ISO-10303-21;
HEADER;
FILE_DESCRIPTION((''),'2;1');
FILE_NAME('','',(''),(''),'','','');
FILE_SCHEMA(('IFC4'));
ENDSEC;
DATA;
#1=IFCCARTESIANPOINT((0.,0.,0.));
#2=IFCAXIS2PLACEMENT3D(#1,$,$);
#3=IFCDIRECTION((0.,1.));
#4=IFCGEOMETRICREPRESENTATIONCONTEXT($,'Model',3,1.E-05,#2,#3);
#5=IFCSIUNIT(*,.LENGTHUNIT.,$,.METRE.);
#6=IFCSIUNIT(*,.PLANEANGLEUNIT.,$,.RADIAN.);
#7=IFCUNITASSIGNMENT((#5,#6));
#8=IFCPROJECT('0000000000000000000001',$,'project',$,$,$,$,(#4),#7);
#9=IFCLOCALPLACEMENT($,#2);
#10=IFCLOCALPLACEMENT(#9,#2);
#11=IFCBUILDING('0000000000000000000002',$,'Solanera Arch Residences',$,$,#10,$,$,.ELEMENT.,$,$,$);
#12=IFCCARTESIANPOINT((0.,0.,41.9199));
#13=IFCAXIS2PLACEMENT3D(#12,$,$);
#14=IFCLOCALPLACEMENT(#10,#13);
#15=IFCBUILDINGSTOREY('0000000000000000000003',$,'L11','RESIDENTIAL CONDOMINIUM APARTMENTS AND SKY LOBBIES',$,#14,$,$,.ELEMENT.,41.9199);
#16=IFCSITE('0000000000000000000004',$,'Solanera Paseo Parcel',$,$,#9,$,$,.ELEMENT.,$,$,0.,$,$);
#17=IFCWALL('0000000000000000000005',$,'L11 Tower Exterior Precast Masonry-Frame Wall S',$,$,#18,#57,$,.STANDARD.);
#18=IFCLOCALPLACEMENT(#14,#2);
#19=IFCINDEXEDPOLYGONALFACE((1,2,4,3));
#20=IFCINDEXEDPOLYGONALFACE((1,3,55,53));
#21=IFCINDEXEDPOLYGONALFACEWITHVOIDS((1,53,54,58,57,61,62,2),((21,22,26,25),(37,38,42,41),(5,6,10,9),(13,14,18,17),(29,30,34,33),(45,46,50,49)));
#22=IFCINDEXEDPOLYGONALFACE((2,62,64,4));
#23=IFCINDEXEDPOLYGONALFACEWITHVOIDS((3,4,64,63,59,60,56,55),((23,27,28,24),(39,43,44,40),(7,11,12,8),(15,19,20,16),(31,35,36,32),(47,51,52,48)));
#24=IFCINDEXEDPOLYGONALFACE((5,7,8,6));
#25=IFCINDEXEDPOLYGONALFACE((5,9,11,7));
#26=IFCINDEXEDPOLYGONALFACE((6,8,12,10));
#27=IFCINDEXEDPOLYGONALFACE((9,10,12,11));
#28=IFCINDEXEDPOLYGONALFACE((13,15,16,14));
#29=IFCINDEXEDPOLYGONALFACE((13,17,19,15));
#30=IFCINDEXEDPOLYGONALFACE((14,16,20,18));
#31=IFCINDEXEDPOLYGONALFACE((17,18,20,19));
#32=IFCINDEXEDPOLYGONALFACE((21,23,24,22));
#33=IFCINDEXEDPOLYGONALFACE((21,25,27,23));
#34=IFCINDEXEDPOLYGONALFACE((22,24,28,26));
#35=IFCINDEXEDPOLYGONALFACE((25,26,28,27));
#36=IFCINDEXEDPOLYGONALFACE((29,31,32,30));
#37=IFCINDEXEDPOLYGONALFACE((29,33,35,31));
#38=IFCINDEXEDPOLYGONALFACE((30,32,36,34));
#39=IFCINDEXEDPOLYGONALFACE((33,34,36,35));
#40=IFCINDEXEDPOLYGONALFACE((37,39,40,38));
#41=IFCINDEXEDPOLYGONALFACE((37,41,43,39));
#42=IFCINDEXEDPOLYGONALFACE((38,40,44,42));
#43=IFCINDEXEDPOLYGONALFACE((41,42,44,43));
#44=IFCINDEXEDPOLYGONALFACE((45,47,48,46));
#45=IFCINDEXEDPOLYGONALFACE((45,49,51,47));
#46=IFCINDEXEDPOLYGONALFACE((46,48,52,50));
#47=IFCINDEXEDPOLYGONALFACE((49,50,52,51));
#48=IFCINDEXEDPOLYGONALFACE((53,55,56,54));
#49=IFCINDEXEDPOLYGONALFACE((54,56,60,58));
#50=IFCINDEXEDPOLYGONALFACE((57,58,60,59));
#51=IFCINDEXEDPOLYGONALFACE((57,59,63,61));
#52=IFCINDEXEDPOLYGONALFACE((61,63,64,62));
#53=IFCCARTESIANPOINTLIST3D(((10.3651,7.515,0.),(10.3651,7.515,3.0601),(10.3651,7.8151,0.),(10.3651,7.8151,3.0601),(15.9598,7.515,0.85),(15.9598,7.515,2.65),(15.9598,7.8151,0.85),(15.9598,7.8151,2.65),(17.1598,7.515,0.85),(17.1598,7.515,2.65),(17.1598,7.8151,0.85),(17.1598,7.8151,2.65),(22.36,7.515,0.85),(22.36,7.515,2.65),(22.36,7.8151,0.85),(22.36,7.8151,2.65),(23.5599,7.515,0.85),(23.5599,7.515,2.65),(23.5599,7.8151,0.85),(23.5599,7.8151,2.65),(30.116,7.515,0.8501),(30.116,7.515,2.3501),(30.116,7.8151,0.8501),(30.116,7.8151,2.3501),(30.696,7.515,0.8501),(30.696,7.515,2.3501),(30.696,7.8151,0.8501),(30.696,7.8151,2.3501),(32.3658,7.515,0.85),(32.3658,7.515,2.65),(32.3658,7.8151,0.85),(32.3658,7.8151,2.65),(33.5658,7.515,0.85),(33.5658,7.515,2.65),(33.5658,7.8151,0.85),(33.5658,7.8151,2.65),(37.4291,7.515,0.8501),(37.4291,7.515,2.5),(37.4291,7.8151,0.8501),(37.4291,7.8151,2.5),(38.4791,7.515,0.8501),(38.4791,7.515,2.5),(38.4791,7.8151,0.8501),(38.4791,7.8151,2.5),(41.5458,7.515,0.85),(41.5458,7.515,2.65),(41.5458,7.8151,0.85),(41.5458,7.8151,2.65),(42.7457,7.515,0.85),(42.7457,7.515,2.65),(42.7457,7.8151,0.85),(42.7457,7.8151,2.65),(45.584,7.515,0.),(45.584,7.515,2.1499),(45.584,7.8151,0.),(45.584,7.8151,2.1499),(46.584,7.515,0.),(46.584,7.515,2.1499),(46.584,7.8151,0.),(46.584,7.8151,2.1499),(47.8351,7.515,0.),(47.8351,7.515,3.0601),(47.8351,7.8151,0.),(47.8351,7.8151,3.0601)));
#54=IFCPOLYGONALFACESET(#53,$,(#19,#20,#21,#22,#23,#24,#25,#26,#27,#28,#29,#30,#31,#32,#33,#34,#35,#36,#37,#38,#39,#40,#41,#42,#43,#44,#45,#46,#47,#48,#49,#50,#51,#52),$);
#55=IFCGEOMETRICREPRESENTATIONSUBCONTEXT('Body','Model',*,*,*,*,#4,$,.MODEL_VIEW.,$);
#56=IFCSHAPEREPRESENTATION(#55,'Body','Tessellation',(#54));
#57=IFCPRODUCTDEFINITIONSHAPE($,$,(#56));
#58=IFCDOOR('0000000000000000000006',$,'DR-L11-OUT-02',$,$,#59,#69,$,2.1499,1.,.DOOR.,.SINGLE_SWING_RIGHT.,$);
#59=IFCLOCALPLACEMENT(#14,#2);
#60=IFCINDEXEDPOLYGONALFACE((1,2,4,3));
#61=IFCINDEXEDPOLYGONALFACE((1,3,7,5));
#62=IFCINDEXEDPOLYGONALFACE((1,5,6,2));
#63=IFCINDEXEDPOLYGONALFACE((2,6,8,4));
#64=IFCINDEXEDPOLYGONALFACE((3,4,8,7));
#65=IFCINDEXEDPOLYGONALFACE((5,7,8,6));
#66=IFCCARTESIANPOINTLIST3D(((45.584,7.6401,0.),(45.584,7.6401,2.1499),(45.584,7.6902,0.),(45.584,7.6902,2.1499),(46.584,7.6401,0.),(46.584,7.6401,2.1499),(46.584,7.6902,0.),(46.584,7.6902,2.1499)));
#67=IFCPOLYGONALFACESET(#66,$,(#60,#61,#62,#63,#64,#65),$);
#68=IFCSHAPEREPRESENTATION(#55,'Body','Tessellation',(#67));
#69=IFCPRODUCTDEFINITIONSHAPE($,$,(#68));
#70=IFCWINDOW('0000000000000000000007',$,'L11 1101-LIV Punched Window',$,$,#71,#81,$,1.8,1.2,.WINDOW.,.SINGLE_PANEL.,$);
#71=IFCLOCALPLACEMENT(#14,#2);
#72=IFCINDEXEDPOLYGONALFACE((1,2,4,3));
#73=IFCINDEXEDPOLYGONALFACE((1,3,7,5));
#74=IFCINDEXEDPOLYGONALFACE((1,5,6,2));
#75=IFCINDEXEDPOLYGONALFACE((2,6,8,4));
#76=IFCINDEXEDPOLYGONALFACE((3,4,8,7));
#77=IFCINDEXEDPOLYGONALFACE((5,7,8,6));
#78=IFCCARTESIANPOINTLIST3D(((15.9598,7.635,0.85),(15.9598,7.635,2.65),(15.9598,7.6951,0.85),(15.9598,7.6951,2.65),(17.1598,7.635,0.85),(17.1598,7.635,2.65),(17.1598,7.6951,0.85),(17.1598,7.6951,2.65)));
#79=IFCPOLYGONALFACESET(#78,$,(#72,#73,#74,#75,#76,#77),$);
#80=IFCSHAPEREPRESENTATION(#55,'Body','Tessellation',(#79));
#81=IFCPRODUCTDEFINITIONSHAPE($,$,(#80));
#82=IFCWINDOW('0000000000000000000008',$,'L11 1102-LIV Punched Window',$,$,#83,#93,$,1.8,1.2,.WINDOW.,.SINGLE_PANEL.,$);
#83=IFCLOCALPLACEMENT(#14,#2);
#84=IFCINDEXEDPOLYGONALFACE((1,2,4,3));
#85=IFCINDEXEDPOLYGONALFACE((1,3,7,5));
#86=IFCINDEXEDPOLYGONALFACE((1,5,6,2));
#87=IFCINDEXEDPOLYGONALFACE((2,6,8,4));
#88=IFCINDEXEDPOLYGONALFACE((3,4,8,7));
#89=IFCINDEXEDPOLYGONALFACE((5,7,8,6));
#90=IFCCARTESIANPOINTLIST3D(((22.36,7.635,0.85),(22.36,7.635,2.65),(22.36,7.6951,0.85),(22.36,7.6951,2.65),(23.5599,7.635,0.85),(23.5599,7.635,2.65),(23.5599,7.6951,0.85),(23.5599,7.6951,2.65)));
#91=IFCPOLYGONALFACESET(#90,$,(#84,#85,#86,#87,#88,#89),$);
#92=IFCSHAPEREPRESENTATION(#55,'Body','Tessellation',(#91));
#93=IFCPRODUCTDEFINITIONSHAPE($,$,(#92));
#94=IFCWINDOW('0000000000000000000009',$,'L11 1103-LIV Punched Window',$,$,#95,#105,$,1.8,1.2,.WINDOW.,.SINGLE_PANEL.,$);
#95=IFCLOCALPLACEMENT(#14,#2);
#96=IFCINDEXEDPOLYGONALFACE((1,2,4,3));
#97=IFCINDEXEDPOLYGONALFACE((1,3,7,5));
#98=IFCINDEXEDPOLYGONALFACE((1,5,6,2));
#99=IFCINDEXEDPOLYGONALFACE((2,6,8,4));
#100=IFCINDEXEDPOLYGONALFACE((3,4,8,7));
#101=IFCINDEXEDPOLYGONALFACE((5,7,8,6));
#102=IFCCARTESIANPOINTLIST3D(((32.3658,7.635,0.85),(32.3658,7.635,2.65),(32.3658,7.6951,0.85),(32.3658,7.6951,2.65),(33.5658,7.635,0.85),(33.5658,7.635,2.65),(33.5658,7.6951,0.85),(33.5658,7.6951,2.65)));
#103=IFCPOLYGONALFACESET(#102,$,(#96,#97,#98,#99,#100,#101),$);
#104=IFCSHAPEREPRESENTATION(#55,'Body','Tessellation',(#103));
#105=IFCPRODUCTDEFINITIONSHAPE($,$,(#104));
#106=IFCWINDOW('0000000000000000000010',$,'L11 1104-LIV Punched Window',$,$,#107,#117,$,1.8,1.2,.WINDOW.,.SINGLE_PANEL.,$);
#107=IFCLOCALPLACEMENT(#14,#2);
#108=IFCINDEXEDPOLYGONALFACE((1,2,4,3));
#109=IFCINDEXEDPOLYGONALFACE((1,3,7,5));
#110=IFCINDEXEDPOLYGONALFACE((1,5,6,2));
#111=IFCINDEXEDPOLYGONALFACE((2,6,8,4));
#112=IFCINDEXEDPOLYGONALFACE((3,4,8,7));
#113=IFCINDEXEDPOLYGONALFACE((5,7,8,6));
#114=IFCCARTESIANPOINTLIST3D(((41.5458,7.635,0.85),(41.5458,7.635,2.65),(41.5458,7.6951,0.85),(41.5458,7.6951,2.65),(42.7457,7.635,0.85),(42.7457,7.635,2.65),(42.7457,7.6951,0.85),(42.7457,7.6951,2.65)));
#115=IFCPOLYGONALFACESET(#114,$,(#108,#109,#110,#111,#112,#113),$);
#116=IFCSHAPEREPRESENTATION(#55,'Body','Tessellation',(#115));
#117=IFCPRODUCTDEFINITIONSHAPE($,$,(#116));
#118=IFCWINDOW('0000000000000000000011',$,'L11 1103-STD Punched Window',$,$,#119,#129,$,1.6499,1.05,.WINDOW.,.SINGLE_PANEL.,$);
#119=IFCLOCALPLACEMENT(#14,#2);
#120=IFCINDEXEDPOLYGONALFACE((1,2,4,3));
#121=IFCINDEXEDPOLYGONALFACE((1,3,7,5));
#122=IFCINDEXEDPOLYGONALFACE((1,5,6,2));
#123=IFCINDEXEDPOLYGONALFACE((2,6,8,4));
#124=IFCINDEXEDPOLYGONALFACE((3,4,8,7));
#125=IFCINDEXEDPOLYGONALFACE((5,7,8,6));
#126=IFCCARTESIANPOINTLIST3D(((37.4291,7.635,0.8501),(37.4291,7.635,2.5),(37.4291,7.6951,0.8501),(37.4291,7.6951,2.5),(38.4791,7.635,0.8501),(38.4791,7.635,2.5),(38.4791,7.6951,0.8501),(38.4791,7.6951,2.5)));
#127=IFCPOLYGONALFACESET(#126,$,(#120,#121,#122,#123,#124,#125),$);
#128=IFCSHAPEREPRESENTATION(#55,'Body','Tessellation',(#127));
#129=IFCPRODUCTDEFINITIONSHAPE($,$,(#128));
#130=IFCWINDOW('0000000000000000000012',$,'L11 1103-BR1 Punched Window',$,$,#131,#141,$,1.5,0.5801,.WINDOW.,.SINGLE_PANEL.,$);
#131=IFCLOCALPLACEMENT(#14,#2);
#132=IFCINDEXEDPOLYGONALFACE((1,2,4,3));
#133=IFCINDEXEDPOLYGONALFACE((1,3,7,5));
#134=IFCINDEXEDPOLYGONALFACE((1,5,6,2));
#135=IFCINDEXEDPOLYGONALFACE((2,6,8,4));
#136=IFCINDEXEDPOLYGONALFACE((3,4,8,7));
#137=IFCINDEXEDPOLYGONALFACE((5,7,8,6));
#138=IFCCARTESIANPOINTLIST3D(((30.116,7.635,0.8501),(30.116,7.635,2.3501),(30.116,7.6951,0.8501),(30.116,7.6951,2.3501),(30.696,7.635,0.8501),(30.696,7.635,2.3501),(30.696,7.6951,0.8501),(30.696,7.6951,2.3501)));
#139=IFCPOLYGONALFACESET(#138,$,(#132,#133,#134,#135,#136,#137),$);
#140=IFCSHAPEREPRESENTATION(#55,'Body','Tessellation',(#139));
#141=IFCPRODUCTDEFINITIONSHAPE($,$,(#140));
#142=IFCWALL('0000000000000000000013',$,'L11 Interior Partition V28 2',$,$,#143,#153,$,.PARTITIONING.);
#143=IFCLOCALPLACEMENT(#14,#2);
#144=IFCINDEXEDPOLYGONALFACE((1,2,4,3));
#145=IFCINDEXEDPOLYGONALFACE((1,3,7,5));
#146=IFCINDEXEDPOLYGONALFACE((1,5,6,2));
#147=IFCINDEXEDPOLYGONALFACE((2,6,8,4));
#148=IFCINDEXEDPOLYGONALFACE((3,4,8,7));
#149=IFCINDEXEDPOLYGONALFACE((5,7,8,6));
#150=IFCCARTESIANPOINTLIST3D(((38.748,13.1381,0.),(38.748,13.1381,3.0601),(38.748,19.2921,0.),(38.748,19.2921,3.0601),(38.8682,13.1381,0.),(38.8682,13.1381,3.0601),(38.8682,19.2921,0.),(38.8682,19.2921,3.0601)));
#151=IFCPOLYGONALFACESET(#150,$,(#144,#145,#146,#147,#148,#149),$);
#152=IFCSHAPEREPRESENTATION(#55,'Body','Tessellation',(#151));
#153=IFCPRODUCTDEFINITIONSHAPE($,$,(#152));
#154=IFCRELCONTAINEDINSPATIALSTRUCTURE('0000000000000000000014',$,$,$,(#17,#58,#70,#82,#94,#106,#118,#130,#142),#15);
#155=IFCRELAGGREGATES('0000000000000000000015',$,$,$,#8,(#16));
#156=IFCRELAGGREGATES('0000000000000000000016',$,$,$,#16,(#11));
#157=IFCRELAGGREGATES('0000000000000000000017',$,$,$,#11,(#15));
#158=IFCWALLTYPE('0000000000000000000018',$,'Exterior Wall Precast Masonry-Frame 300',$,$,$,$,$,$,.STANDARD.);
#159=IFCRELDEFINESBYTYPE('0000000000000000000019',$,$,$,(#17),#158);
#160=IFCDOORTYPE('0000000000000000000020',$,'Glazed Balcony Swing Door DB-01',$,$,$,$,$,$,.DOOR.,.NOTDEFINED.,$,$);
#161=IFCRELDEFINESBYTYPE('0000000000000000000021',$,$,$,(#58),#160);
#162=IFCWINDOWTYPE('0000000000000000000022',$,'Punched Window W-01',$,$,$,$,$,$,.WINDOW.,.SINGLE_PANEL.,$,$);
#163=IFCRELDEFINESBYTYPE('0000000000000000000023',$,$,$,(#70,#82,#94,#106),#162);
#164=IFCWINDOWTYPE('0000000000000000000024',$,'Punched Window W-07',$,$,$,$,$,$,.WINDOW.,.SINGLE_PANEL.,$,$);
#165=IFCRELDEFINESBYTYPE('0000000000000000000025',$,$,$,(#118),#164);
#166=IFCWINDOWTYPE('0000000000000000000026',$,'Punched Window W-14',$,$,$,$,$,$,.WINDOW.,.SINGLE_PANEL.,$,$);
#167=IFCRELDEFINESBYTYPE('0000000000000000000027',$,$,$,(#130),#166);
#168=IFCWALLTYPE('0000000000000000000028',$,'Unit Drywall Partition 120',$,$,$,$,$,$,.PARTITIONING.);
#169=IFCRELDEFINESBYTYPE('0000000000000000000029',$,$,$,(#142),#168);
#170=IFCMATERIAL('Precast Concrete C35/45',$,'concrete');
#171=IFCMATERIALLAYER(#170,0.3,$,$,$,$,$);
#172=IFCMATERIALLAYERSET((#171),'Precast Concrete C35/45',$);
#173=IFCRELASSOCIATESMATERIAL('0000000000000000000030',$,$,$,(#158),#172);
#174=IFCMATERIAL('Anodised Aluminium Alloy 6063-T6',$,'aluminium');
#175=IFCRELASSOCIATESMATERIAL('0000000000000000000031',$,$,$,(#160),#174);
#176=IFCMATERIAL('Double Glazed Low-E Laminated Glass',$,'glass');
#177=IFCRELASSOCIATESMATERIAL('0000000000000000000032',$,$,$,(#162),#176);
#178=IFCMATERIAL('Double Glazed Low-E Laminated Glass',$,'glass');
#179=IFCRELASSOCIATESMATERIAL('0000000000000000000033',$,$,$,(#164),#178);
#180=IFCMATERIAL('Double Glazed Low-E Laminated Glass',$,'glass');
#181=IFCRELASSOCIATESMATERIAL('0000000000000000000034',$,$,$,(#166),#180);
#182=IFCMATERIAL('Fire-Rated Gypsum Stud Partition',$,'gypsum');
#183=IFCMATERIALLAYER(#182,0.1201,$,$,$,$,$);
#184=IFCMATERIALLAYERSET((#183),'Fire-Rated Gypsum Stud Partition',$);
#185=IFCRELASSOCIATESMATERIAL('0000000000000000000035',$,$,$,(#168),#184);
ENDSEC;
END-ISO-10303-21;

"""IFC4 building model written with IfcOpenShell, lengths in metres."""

from ifc_helpers import new_model, si_unit, direction, frame, frame_2d, origin, place, context, subcontext, project, spatial, rectangle, extrude, material, layer, layer_set, type_object, element, fill, save


model = new_model("IFC4")

# Units and contexts
model_context = context("Model", 3, precision=1e-05, world=origin(), true_north=direction((0.0, 1.0)))
body_context = subcontext(model_context, "Body", "Model", "MODEL_VIEW")
ifc_project = project(units=[si_unit("LENGTHUNIT", "METRE"), si_unit("PLANEANGLEUNIT", "RADIAN")], contexts=[model_context])

# Site, building, storey
site_placement = place(None, origin())
site = spatial("IfcSite", under=ifc_project, at=site_placement, Name="Solanera Paseo Parcel", CompositionType="ELEMENT", RefElevation=0.0)
building_placement = place(site_placement, origin())
building = spatial("IfcBuilding", under=site, at=building_placement, Name="Solanera Arch Residences", CompositionType="ELEMENT")
storey_placement = place(building_placement, frame((0.0, 0.0, 41.9199)))
storey = spatial("IfcBuildingStorey", under=building, at=storey_placement, Name="L11", Description="RESIDENTIAL CONDOMINIUM APARTMENTS AND SKY LOBBIES", CompositionType="ELEMENT", Elevation=41.9199)

# Shared definitions
ifc_material_1 = material(Name="Precast Concrete C35/45", Category="concrete")
ifc_layer_1 = layer(ifc_material_1, 0.3)
ifc_layer_set_1 = layer_set([ifc_layer_1], Name="Precast Concrete C35/45")
wall_type_1 = type_object("IfcWallType", Name="Exterior Wall Precast Masonry-Frame 300", PredefinedType="STANDARD", material=ifc_layer_set_1)

# Wall, openings, door, windows
wall_1_placement = place(storey_placement, frame((47.835, 7.665, 0.0), z_axis=(0.0, 0.0, 1.0), x_axis=(-1.0, 0.0, 0.0)))
wall_1 = element("IfcWall", 1, at=wall_1_placement, inside=storey, type_object=wall_type_1, Name="L11 Tower Exterior Precast Masonry-Frame Wall S", PredefinedType="STANDARD", context=body_context, shape_type="SweptSolid", body=[
    extrude(rectangle(XDim=37.47, YDim=0.3, at=frame_2d((18.7349, 0.0))), origin(), (0.0, 0.0, 1.0), 3.0601),
])
opening_1_placement = place(wall_1_placement, frame((1.251, 0.0, 0.0)))
opening_1 = element("IfcOpeningElement", 2, at=opening_1_placement, cuts=wall_1, PredefinedType="OPENING", context=body_context, shape_type="SweptSolid", body=[
    extrude(rectangle(XDim=1.0, YDim=2.1499, at=frame_2d((0.5, 1.075))), frame((0.0, 0.1599, 0.0), z_axis=(0.0, -1.0, 0.0), x_axis=(1.0, 0.0, 0.0)), (0.0, 0.0, 1.0), 0.32),
])
opening_2_placement = place(wall_1_placement, frame((30.675, 0.0, 0.8501)))
opening_2 = element("IfcOpeningElement", 3, at=opening_2_placement, cuts=wall_1, PredefinedType="OPENING", context=body_context, shape_type="SweptSolid", body=[
    extrude(rectangle(XDim=1.2, YDim=1.8, at=frame_2d((0.6001, 0.8999))), frame((0.0, 0.1599, 0.0), z_axis=(0.0, -1.0, 0.0), x_axis=(1.0, 0.0, 0.0)), (0.0, 0.0, 1.0), 0.32),
])
opening_3_placement = place(wall_1_placement, frame((24.2749, 0.0, 0.8501)))
opening_3 = element("IfcOpeningElement", 4, at=opening_3_placement, cuts=wall_1, PredefinedType="OPENING", context=body_context, shape_type="SweptSolid", body=[
    extrude(rectangle(XDim=1.2, YDim=1.8, at=frame_2d((0.6001, 0.8999))), frame((0.0, 0.1599, 0.0), z_axis=(0.0, -1.0, 0.0), x_axis=(1.0, 0.0, 0.0)), (0.0, 0.0, 1.0), 0.32),
])
opening_4_placement = place(wall_1_placement, frame((14.269, 0.0, 0.8501)))
opening_4 = element("IfcOpeningElement", 5, at=opening_4_placement, cuts=wall_1, PredefinedType="OPENING", context=body_context, shape_type="SweptSolid", body=[
    extrude(rectangle(XDim=1.2, YDim=1.8, at=frame_2d((0.6001, 0.8999))), frame((0.0, 0.1599, 0.0), z_axis=(0.0, -1.0, 0.0), x_axis=(1.0, 0.0, 0.0)), (0.0, 0.0, 1.0), 0.32),
])
opening_5_placement = place(wall_1_placement, frame((17.1389, 0.0, 0.8501)))
opening_5 = element("IfcOpeningElement", 6, at=opening_5_placement, cuts=wall_1, PredefinedType="OPENING", context=body_context, shape_type="SweptSolid", body=[
    extrude(rectangle(XDim=0.5801, YDim=1.5, at=frame_2d((0.29, 0.75))), frame((0.0, 0.1599, 0.0), z_axis=(0.0, -1.0, 0.0), x_axis=(1.0, 0.0, 0.0)), (0.0, 0.0, 1.0), 0.32),
])
opening_6_placement = place(wall_1_placement, frame((9.356, 0.0, 0.8501)))
opening_6 = element("IfcOpeningElement", 7, at=opening_6_placement, cuts=wall_1, PredefinedType="OPENING", context=body_context, shape_type="SweptSolid", body=[
    extrude(rectangle(XDim=1.05, YDim=1.6499, at=frame_2d((0.5249, 0.825))), frame((0.0, 0.1599, 0.0), z_axis=(0.0, -1.0, 0.0), x_axis=(1.0, 0.0, 0.0)), (0.0, 0.0, 1.0), 0.32),
])
opening_7_placement = place(wall_1_placement, frame((5.0891, 0.0, 0.8501)))
opening_7 = element("IfcOpeningElement", 8, at=opening_7_placement, cuts=wall_1, PredefinedType="OPENING", context=body_context, shape_type="SweptSolid", body=[
    extrude(rectangle(XDim=1.2, YDim=1.8, at=frame_2d((0.6001, 0.8999))), frame((0.0, 0.1599, 0.0), z_axis=(0.0, -1.0, 0.0), x_axis=(1.0, 0.0, 0.0)), (0.0, 0.0, 1.0), 0.32),
])
ifc_material_2 = material(Name="Anodised Aluminium Alloy 6063-T6", Category="aluminium")
door_type_1 = type_object("IfcDoorType", Name="Glazed Balcony Swing Door DB-01", OperationType="NOTDEFINED", PredefinedType="DOOR", material=ifc_material_2)
door_1_placement = place(opening_1_placement, origin())
door_1 = element("IfcDoor", 9, at=door_1_placement, inside=storey, type_object=door_type_1, Name="DR-L11-OUT-02", OperationType="SINGLE_SWING_RIGHT", OverallHeight=2.1499, OverallWidth=1.0, PredefinedType="DOOR", context=body_context, shape_type="SweptSolid", body=[
    extrude(rectangle(XDim=1.0, YDim=2.1499, at=frame_2d((0.5, 1.075))), frame((0.0, 0.0249, 0.0), z_axis=(0.0, -1.0, 0.0), x_axis=(1.0, 0.0, 0.0)), (0.0, 0.0, 1.0), 0.05),
])
fill(opening_1, door_1)
ifc_material_3 = material(Name="Double Glazed Low-E Laminated Glass", Category="glass")
window_type_1 = type_object("IfcWindowType", Name="Punched Window W-01", PartitioningType="SINGLE_PANEL", PredefinedType="WINDOW", material=ifc_material_3)
window_1_placement = place(opening_2_placement, origin())
window_1 = element("IfcWindow", 10, at=window_1_placement, inside=storey, type_object=window_type_1, Name="L11 1101-LIV Punched Window", OverallHeight=1.8, OverallWidth=1.2, PartitioningType="SINGLE_PANEL", PredefinedType="WINDOW", context=body_context, shape_type="SweptSolid", body=[
    extrude(rectangle(XDim=1.2, YDim=1.8, at=frame_2d((0.6001, 0.8999))), frame((0.0, 0.03, 0.0), z_axis=(0.0, -1.0, 0.0), x_axis=(1.0, 0.0, 0.0)), (0.0, 0.0, 1.0), 0.0601),
])
fill(opening_2, window_1)
window_2_placement = place(opening_3_placement, origin())
window_2 = element("IfcWindow", 11, at=window_2_placement, inside=storey, type_object=window_type_1, Name="L11 1102-LIV Punched Window", OverallHeight=1.8, OverallWidth=1.2, PartitioningType="SINGLE_PANEL", PredefinedType="WINDOW", context=body_context, shape_type="SweptSolid", body=[
    extrude(rectangle(XDim=1.2, YDim=1.8, at=frame_2d((0.6001, 0.8999))), frame((0.0, 0.03, 0.0), z_axis=(0.0, -1.0, 0.0), x_axis=(1.0, 0.0, 0.0)), (0.0, 0.0, 1.0), 0.0601),
])
fill(opening_3, window_2)
window_3_placement = place(opening_4_placement, origin())
window_3 = element("IfcWindow", 12, at=window_3_placement, inside=storey, type_object=window_type_1, Name="L11 1103-LIV Punched Window", OverallHeight=1.8, OverallWidth=1.2, PartitioningType="SINGLE_PANEL", PredefinedType="WINDOW", context=body_context, shape_type="SweptSolid", body=[
    extrude(rectangle(XDim=1.2, YDim=1.8, at=frame_2d((0.6001, 0.8999))), frame((0.0, 0.03, 0.0), z_axis=(0.0, -1.0, 0.0), x_axis=(1.0, 0.0, 0.0)), (0.0, 0.0, 1.0), 0.0601),
])
fill(opening_4, window_3)
window_4_placement = place(opening_7_placement, origin())
window_4 = element("IfcWindow", 13, at=window_4_placement, inside=storey, type_object=window_type_1, Name="L11 1104-LIV Punched Window", OverallHeight=1.8, OverallWidth=1.2, PartitioningType="SINGLE_PANEL", PredefinedType="WINDOW", context=body_context, shape_type="SweptSolid", body=[
    extrude(rectangle(XDim=1.2, YDim=1.8, at=frame_2d((0.6001, 0.8999))), frame((0.0, 0.03, 0.0), z_axis=(0.0, -1.0, 0.0), x_axis=(1.0, 0.0, 0.0)), (0.0, 0.0, 1.0), 0.0601),
])
fill(opening_7, window_4)
ifc_material_4 = material(Name="Double Glazed Low-E Laminated Glass", Category="glass")
window_type_2 = type_object("IfcWindowType", Name="Punched Window W-07", PartitioningType="SINGLE_PANEL", PredefinedType="WINDOW", material=ifc_material_4)
window_5_placement = place(opening_6_placement, origin())
window_5 = element("IfcWindow", 14, at=window_5_placement, inside=storey, type_object=window_type_2, Name="L11 1103-STD Punched Window", OverallHeight=1.6499, OverallWidth=1.05, PartitioningType="SINGLE_PANEL", PredefinedType="WINDOW", context=body_context, shape_type="SweptSolid", body=[
    extrude(rectangle(XDim=1.05, YDim=1.6499, at=frame_2d((0.5249, 0.825))), frame((0.0, 0.03, 0.0), z_axis=(0.0, -1.0, 0.0), x_axis=(1.0, 0.0, 0.0)), (0.0, 0.0, 1.0), 0.0601),
])
fill(opening_6, window_5)
ifc_material_5 = material(Name="Double Glazed Low-E Laminated Glass", Category="glass")
window_type_3 = type_object("IfcWindowType", Name="Punched Window W-14", PartitioningType="SINGLE_PANEL", PredefinedType="WINDOW", material=ifc_material_5)
window_6_placement = place(opening_5_placement, origin())
window_6 = element("IfcWindow", 15, at=window_6_placement, inside=storey, type_object=window_type_3, Name="L11 1103-BR1 Punched Window", OverallHeight=1.5, OverallWidth=0.5801, PartitioningType="SINGLE_PANEL", PredefinedType="WINDOW", context=body_context, shape_type="SweptSolid", body=[
    extrude(rectangle(XDim=0.5801, YDim=1.5, at=frame_2d((0.29, 0.75))), frame((0.0, 0.03, 0.0), z_axis=(0.0, -1.0, 0.0), x_axis=(1.0, 0.0, 0.0)), (0.0, 0.0, 1.0), 0.0601),
])
fill(opening_5, window_6)

# Wall
ifc_material_6 = material(Name="Fire-Rated Gypsum Stud Partition", Category="gypsum")
ifc_layer_2 = layer(ifc_material_6, 0.1201)
ifc_layer_set_2 = layer_set([ifc_layer_2], Name="Fire-Rated Gypsum Stud Partition")
wall_type_2 = type_object("IfcWallType", Name="Unit Drywall Partition 120", PredefinedType="PARTITIONING", material=ifc_layer_set_2)
wall_2_placement = place(storey_placement, frame((38.8081, 13.1379, 0.0), z_axis=(0.0, 0.0, 1.0), x_axis=(0.0, 1.0, 0.0)))
element("IfcWall", 16, at=wall_2_placement, inside=storey, type_object=wall_type_2, Name="L11 Interior Partition V28 2", PredefinedType="PARTITIONING", context=body_context, shape_type="SweptSolid", body=[
    extrude(rectangle(XDim=6.1541, YDim=0.1201, at=frame_2d((3.0771, 0.0))), origin(), (0.0, 0.0, 1.0), 3.0601),
])

save(model, "model.ifc")
